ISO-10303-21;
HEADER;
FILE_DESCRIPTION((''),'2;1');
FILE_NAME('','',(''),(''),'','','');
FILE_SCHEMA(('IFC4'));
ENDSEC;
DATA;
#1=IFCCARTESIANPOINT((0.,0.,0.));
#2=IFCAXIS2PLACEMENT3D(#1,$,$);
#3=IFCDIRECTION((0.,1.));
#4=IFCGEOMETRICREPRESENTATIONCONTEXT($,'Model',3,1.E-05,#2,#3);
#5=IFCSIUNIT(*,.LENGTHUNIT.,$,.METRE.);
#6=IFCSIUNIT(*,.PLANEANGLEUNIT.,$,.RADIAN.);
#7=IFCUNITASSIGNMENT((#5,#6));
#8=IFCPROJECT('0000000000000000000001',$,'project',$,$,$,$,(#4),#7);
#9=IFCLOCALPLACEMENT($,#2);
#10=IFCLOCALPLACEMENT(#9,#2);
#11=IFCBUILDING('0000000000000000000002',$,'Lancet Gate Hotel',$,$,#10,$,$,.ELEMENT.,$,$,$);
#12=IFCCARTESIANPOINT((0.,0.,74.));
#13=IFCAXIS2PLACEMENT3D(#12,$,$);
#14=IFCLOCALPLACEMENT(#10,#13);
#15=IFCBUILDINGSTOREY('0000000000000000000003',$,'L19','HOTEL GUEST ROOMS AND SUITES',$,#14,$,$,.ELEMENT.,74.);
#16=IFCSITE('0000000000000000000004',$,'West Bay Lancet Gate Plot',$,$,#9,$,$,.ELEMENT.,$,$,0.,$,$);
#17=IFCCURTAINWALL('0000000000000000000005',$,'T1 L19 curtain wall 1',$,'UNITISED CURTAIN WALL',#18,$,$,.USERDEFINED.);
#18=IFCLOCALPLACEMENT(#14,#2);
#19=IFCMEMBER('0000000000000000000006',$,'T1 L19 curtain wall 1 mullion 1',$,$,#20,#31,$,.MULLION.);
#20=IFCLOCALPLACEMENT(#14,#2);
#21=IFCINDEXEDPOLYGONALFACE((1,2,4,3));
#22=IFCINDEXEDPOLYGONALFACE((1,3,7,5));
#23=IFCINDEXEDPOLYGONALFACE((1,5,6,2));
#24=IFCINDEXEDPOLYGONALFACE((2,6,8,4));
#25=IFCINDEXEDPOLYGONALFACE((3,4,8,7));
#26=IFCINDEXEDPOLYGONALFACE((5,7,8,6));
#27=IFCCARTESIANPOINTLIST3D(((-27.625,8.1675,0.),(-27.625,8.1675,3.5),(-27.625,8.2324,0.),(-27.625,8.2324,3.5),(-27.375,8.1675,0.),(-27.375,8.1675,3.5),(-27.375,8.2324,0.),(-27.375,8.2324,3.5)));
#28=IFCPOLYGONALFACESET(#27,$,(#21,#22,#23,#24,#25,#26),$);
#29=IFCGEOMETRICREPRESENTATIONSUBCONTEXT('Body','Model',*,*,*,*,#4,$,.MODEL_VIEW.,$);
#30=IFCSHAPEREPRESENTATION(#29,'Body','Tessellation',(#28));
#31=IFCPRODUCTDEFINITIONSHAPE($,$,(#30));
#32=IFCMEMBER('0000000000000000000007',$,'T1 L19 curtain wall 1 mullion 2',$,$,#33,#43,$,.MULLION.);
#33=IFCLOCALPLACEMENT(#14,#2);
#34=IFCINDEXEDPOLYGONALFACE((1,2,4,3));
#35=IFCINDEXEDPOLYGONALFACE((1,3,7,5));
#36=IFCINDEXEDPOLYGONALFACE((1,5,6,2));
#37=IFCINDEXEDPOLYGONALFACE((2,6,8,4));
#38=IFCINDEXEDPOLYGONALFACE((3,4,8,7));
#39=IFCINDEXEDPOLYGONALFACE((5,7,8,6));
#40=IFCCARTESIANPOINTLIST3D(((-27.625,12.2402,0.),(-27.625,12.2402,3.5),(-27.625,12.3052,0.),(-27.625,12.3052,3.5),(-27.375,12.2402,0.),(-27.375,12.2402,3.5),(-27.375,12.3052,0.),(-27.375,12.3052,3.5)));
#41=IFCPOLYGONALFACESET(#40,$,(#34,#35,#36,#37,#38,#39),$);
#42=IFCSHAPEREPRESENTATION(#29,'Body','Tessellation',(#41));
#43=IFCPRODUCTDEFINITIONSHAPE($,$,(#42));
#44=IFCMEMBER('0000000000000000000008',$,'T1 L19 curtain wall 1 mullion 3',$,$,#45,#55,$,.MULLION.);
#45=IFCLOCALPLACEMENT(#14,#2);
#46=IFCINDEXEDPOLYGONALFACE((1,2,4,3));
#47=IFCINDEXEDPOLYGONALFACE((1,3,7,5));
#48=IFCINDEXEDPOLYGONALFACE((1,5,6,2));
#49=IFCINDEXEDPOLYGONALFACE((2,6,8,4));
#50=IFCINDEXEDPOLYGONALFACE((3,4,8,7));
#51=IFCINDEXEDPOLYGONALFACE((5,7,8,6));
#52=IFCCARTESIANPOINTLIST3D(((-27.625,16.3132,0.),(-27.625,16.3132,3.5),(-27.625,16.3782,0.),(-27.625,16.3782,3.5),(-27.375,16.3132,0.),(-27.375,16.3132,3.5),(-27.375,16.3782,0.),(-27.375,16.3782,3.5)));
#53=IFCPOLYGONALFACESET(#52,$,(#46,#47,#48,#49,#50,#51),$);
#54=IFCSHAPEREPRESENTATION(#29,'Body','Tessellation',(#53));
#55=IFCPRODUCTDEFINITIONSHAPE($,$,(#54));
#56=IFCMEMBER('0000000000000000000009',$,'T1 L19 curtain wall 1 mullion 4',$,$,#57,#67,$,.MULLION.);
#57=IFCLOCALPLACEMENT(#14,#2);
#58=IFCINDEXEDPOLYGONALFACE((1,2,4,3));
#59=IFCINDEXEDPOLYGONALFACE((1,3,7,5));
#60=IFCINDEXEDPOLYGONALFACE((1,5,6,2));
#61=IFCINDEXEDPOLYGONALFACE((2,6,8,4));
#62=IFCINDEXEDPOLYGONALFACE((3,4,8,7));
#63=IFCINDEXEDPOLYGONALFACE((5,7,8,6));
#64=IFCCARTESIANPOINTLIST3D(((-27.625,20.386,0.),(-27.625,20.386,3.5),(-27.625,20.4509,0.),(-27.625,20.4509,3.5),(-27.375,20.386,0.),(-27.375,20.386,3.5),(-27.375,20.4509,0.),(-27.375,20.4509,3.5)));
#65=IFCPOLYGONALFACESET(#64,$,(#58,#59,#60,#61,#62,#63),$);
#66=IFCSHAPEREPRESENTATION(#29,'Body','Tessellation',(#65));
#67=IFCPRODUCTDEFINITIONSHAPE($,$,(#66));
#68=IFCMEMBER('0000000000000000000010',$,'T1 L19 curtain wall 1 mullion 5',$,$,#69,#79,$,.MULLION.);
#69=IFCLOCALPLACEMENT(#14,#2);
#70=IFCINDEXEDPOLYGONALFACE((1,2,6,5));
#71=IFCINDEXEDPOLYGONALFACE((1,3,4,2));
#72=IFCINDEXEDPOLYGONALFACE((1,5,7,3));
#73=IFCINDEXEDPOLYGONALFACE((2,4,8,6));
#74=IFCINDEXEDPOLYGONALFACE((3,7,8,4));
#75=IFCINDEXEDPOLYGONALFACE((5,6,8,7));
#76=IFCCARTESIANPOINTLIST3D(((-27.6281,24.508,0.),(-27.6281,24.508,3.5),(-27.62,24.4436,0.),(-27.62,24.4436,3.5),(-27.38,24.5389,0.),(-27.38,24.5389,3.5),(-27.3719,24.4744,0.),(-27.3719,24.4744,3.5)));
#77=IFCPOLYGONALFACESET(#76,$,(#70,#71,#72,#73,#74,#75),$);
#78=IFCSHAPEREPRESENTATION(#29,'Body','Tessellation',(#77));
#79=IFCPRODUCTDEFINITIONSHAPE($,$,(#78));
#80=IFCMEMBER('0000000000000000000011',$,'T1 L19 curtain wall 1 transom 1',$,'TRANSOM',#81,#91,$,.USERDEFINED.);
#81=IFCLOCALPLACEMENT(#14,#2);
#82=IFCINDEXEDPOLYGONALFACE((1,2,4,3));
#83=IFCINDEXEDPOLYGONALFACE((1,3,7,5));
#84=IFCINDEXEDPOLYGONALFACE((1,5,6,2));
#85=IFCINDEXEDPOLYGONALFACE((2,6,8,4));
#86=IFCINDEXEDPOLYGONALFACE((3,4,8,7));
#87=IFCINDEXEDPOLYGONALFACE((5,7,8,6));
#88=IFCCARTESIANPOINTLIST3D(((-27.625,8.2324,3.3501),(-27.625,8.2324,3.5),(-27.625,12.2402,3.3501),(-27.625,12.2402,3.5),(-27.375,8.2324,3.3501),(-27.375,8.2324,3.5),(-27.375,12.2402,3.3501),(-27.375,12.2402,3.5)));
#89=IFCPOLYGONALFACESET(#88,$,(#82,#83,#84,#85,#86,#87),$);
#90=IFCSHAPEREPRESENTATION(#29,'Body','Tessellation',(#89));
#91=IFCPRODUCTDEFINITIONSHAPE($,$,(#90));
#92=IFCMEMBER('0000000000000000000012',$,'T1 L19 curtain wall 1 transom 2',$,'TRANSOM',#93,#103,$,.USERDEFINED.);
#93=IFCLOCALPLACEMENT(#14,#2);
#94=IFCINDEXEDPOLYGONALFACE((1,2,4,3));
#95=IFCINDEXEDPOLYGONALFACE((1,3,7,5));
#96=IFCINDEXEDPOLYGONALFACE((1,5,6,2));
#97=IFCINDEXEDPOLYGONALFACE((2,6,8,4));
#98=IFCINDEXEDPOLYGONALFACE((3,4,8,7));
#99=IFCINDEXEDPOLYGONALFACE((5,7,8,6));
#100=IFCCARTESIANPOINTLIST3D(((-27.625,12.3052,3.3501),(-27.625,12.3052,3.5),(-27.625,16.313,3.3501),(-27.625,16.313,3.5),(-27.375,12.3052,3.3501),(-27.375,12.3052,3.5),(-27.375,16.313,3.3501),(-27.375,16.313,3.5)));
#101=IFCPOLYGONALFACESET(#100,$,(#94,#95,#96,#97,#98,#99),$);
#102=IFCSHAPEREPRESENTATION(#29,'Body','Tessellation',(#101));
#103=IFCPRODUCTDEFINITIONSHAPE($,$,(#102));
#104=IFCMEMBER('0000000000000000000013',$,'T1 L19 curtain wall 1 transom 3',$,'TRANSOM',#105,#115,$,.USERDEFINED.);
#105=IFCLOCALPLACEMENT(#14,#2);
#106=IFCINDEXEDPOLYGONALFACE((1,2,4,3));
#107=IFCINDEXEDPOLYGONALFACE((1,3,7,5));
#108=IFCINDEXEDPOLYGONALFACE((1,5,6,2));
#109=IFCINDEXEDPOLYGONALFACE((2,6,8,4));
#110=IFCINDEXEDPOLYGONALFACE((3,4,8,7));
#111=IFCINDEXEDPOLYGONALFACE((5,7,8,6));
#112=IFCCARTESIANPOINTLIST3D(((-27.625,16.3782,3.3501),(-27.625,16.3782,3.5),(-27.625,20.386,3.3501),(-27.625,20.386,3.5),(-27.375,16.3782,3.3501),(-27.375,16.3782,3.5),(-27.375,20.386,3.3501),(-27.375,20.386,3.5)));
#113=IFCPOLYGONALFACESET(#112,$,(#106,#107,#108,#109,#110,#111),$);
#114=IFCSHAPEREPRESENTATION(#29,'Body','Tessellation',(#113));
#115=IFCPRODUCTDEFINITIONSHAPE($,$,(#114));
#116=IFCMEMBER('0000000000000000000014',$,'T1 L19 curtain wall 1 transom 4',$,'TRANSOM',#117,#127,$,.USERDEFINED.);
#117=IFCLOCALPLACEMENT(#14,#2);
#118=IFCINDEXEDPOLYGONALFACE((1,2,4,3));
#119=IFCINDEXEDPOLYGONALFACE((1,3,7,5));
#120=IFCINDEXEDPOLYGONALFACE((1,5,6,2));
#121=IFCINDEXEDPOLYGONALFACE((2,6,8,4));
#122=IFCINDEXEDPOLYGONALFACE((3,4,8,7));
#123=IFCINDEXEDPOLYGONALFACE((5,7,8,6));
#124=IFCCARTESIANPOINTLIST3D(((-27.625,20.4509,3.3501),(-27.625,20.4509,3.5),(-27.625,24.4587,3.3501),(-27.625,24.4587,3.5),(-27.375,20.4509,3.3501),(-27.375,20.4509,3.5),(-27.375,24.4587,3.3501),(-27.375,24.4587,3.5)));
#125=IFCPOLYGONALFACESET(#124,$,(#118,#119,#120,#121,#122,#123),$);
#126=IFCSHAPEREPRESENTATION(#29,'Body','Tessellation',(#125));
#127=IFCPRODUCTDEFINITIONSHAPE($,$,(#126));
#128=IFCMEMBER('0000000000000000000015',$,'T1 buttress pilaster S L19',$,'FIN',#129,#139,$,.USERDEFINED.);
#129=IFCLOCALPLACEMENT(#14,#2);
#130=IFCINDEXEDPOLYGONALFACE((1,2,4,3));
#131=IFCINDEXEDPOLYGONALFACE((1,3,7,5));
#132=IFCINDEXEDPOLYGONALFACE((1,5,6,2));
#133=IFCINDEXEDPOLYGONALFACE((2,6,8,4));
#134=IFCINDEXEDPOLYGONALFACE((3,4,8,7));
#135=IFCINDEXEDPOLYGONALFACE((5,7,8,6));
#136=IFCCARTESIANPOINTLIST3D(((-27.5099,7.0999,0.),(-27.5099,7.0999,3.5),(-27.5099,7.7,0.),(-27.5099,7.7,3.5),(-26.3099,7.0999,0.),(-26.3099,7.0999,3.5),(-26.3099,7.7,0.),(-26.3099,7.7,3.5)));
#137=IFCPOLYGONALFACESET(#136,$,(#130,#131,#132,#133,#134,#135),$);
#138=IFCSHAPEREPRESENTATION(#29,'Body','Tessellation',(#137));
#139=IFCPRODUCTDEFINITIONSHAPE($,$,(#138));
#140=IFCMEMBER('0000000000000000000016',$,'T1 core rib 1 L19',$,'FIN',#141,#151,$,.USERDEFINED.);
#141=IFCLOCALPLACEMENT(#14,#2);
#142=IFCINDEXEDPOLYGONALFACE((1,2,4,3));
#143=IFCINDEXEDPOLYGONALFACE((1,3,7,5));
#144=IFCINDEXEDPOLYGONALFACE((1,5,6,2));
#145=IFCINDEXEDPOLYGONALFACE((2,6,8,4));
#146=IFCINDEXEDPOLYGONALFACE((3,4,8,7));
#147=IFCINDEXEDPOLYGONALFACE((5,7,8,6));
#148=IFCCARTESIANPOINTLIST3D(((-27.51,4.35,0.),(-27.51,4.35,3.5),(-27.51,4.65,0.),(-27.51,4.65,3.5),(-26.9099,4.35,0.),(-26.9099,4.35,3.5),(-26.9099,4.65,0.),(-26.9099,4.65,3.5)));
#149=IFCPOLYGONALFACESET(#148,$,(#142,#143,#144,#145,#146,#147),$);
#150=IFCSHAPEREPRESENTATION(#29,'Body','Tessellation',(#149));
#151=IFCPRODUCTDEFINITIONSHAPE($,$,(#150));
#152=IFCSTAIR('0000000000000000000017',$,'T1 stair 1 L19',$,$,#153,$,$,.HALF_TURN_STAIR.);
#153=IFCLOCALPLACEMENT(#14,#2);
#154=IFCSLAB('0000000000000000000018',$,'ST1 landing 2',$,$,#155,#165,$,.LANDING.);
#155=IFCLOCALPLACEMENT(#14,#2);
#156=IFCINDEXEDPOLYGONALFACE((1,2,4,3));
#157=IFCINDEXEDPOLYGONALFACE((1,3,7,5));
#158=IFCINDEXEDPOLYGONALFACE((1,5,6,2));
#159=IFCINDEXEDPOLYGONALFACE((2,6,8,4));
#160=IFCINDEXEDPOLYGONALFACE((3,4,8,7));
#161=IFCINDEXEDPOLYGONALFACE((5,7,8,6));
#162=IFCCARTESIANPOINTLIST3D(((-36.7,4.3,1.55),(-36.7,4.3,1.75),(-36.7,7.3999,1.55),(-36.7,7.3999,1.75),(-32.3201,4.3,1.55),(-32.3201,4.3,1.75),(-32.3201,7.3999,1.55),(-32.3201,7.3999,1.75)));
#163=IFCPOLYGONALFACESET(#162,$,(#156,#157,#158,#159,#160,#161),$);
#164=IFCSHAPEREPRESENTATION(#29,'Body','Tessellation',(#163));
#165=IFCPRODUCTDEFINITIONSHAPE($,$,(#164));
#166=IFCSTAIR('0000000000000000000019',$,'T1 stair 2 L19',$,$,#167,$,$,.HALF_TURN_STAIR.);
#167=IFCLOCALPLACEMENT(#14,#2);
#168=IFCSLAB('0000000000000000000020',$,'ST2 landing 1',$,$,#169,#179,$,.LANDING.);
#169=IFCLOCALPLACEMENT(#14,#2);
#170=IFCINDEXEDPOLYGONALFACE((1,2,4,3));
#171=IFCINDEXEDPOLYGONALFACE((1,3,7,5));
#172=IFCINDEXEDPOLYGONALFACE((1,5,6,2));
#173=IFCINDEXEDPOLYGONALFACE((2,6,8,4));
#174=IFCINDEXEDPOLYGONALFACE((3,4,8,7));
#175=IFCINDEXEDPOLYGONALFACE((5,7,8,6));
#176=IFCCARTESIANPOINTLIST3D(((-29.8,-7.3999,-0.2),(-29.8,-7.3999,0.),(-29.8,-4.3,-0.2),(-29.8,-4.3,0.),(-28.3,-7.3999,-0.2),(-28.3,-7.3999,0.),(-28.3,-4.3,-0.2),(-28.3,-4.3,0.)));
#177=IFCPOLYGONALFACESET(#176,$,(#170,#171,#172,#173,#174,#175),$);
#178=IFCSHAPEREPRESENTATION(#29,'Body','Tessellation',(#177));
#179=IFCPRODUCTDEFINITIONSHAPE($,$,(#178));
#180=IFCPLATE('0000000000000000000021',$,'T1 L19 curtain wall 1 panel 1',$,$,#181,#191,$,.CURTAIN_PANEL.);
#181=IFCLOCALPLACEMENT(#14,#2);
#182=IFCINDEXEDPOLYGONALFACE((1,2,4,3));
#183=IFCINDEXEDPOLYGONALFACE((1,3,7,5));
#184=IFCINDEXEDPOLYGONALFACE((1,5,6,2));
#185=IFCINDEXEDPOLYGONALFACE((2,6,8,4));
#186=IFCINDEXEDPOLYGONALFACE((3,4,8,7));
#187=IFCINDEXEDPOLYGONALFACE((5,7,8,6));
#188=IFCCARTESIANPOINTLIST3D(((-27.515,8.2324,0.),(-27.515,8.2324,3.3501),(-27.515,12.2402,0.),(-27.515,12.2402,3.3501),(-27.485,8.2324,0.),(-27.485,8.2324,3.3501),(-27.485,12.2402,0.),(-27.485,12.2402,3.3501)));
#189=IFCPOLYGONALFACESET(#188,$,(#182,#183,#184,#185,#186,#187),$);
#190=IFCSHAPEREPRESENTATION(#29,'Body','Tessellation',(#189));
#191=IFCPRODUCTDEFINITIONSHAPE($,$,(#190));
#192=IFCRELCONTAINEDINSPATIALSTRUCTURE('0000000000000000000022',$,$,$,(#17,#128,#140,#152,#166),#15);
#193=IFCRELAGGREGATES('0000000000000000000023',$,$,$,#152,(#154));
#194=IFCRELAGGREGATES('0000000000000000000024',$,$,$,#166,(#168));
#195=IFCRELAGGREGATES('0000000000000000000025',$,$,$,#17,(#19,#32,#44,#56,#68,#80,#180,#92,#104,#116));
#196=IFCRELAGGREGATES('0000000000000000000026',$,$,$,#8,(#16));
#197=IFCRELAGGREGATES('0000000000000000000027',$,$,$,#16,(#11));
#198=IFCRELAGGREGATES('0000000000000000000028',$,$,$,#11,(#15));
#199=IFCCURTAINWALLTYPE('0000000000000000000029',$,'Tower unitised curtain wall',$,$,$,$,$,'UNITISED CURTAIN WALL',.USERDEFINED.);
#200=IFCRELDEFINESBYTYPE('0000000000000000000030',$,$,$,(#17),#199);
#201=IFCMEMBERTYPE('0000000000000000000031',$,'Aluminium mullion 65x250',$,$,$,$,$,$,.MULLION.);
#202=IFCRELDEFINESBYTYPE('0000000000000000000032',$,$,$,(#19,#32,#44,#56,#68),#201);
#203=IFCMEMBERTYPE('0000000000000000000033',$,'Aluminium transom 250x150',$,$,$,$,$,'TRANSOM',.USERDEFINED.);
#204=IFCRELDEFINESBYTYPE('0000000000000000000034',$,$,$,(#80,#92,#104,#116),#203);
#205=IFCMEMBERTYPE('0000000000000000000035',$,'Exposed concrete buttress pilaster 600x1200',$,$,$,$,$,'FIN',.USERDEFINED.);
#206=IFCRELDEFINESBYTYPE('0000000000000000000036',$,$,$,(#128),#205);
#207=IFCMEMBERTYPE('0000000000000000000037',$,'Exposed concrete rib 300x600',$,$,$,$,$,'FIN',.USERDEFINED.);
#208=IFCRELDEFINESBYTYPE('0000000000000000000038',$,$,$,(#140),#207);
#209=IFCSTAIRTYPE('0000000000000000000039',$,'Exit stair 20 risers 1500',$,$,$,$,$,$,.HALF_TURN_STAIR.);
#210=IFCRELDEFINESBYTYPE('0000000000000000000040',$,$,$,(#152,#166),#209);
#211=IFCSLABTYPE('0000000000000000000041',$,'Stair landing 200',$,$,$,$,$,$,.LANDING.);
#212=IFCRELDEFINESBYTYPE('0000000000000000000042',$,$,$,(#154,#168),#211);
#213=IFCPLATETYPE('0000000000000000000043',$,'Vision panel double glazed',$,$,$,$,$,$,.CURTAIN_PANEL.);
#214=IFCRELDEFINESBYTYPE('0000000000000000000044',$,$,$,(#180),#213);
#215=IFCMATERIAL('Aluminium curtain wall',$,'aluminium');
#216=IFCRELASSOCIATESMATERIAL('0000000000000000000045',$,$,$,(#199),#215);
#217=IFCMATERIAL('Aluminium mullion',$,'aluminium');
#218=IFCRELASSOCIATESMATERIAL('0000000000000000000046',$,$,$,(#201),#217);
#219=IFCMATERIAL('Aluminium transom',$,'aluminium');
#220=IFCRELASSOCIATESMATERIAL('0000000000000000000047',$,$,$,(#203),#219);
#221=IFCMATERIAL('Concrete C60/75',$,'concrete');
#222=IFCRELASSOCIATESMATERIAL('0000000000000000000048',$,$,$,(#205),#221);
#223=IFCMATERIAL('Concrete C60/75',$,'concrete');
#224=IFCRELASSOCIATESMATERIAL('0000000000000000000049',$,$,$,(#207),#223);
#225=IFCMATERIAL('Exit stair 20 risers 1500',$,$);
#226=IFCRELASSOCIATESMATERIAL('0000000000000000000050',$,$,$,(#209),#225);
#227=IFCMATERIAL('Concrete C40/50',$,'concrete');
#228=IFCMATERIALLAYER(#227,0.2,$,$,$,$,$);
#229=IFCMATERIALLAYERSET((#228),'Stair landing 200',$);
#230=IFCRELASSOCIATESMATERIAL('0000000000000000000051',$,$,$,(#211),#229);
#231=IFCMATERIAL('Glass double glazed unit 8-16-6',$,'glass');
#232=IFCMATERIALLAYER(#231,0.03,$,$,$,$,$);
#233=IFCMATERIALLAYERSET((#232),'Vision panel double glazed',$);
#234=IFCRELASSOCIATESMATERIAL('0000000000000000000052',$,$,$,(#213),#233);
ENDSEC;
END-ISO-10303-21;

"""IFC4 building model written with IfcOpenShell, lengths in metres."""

from ifc_helpers import new_model, si_unit, direction, frame, origin, origin_2d, place, context, subcontext, project, spatial, polyline, rectangle, outline, extrude, material, layer, layer_set, material_profile, profile_set, type_object, element, aggregate, save


model = new_model("IFC4")

# Units and contexts
model_context = context("Model", 3, precision=1e-05, world=origin(), true_north=direction((0.0, 1.0)))
body_context = subcontext(model_context, "Body", "Model", "MODEL_VIEW")
ifc_project = project(units=[si_unit("LENGTHUNIT", "METRE"), si_unit("PLANEANGLEUNIT", "RADIAN")], contexts=[model_context])

# Site, building, storey
site_placement = place(None, origin())
site = spatial("IfcSite", under=ifc_project, at=site_placement, Name="West Bay Lancet Gate Plot", CompositionType="ELEMENT", RefElevation=0.0)
building_placement = place(site_placement, origin())
building = spatial("IfcBuilding", under=site, at=building_placement, Name="Lancet Gate Hotel", CompositionType="ELEMENT")
storey_placement = place(building_placement, frame((0.0, 0.0, 74.0)))
storey = spatial("IfcBuildingStorey", under=building, at=storey_placement, Name="L19", Description="HOTEL GUEST ROOMS AND SUITES", CompositionType="ELEMENT", Elevation=74.0)

# Curtain wall, members
ifc_material_1 = material(Name="Aluminium curtain wall", Category="aluminium")
curtain_wall_type = type_object("IfcCurtainWallType", Name="Tower unitised curtain wall", ElementType="UNITISED CURTAIN WALL", PredefinedType="USERDEFINED", material=ifc_material_1)
curtain_wall_placement = place(storey_placement, origin())
curtain_wall = element("IfcCurtainWall", 1, at=curtain_wall_placement, inside=storey, type_object=curtain_wall_type, Name="T1 L19 curtain wall 1", ObjectType="UNITISED CURTAIN WALL", PredefinedType="USERDEFINED")
ifc_material_2 = material(Name="Aluminium mullion", Category="aluminium")
ifc_material_profile_1 = material_profile(ifc_material_2, rectangle(XDim=0.0649, YDim=0.25, at=origin_2d()), Name="MULLION 65x250")
ifc_profile_set_1 = profile_set([ifc_material_profile_1], Name="Aluminium mullion")
member_type_1 = type_object("IfcMemberType", Name="Aluminium mullion 65x250", PredefinedType="MULLION", material=ifc_profile_set_1)
member_1_placement = place(storey_placement, frame((-27.5, 8.2, 0.0), z_axis=(0.0, 0.0, 1.0), x_axis=(0.0, 1.0, 0.0)))
member_1 = element("IfcMember", 2, at=member_1_placement, type_object=member_type_1, Name="T1 L19 curtain wall 1 mullion 1", PredefinedType="MULLION", context=body_context, shape_type="SweptSolid", body=[
    extrude(rectangle(XDim=0.0649, YDim=0.25, at=origin_2d()), origin(), (0.0, 0.0, 1.0), 3.5),
])
member_2_placement = place(storey_placement, frame((-27.5, 12.2727, 0.0), z_axis=(0.0, 0.0, 1.0), x_axis=(0.0, 1.0, 0.0)))
member_2 = element("IfcMember", 3, at=member_2_placement, type_object=member_type_1, Name="T1 L19 curtain wall 1 mullion 2", PredefinedType="MULLION", context=body_context, shape_type="SweptSolid", body=[
    extrude(rectangle(XDim=0.0649, YDim=0.25, at=origin_2d()), origin(), (0.0, 0.0, 1.0), 3.5),
])
member_3_placement = place(storey_placement, frame((-27.5, 16.3457, 0.0), z_axis=(0.0, 0.0, 1.0), x_axis=(0.0, 1.0, 0.0)))
member_3 = element("IfcMember", 4, at=member_3_placement, type_object=member_type_1, Name="T1 L19 curtain wall 1 mullion 3", PredefinedType="MULLION", context=body_context, shape_type="SweptSolid", body=[
    extrude(rectangle(XDim=0.0649, YDim=0.25, at=origin_2d()), origin(), (0.0, 0.0, 1.0), 3.5),
])
member_4_placement = place(storey_placement, frame((-27.5, 20.4185, 0.0), z_axis=(0.0, 0.0, 1.0), x_axis=(0.0, 1.0, 0.0)))
member_4 = element("IfcMember", 5, at=member_4_placement, type_object=member_type_1, Name="T1 L19 curtain wall 1 mullion 4", PredefinedType="MULLION", context=body_context, shape_type="SweptSolid", body=[
    extrude(rectangle(XDim=0.0649, YDim=0.25, at=origin_2d()), origin(), (0.0, 0.0, 1.0), 3.5),
])
member_5_placement = place(storey_placement, frame((-27.5, 24.4912, 0.0), z_axis=(0.0, 0.0, 1.0), x_axis=(-0.123483, 0.992347, 0.0)))
member_5 = element("IfcMember", 6, at=member_5_placement, type_object=member_type_1, Name="T1 L19 curtain wall 1 mullion 5", PredefinedType="MULLION", context=body_context, shape_type="SweptSolid", body=[
    extrude(rectangle(XDim=0.0649, YDim=0.25, at=origin_2d()), origin(), (0.0, 0.0, 1.0), 3.5),
])
ifc_material_3 = material(Name="Aluminium transom", Category="aluminium")
ifc_material_profile_2 = material_profile(ifc_material_3, rectangle(XDim=0.25, YDim=0.1499, at=origin_2d()), Name="TRANSOM 250x150")
ifc_profile_set_2 = profile_set([ifc_material_profile_2], Name="Aluminium transom")
member_type_2 = type_object("IfcMemberType", Name="Aluminium transom 250x150", ElementType="TRANSOM", PredefinedType="USERDEFINED", material=ifc_profile_set_2)
member_6_placement = place(storey_placement, frame((-27.5, 8.2324, 3.425), z_axis=(0.0, 1.0, 0.0), x_axis=(-1.0, 0.0, 0.0)))
member_6 = element("IfcMember", 7, at=member_6_placement, type_object=member_type_2, Name="T1 L19 curtain wall 1 transom 1", ObjectType="TRANSOM", PredefinedType="USERDEFINED", context=body_context, shape_type="SweptSolid", body=[
    extrude(rectangle(XDim=0.25, YDim=0.1499, at=origin_2d()), origin(), (0.0, 0.0, 1.0), 4.0078),
])
member_7_placement = place(storey_placement, frame((-27.5, 12.3052, 3.425), z_axis=(0.0, 1.0, 0.0), x_axis=(-1.0, 0.0, 0.0)))
member_7 = element("IfcMember", 8, at=member_7_placement, type_object=member_type_2, Name="T1 L19 curtain wall 1 transom 2", ObjectType="TRANSOM", PredefinedType="USERDEFINED", context=body_context, shape_type="SweptSolid", body=[
    extrude(rectangle(XDim=0.25, YDim=0.1499, at=origin_2d()), origin(), (0.0, 0.0, 1.0), 4.0078),
])
member_8_placement = place(storey_placement, frame((-27.5, 16.3782, 3.425), z_axis=(0.0, 1.0, 0.0), x_axis=(-1.0, 0.0, 0.0)))
member_8 = element("IfcMember", 9, at=member_8_placement, type_object=member_type_2, Name="T1 L19 curtain wall 1 transom 3", ObjectType="TRANSOM", PredefinedType="USERDEFINED", context=body_context, shape_type="SweptSolid", body=[
    extrude(rectangle(XDim=0.25, YDim=0.1499, at=origin_2d()), origin(), (0.0, 0.0, 1.0), 4.0078),
])
member_9_placement = place(storey_placement, frame((-27.5, 20.4509, 3.425), z_axis=(0.0, 1.0, 0.0), x_axis=(-1.0, 0.0, 0.0)))
member_9 = element("IfcMember", 10, at=member_9_placement, type_object=member_type_2, Name="T1 L19 curtain wall 1 transom 4", ObjectType="TRANSOM", PredefinedType="USERDEFINED", context=body_context, shape_type="SweptSolid", body=[
    extrude(rectangle(XDim=0.25, YDim=0.1499, at=origin_2d()), origin(), (0.0, 0.0, 1.0), 4.0078),
])

# Members
ifc_material_4 = material(Name="Concrete C60/75", Category="concrete")
ifc_material_profile_3 = material_profile(ifc_material_4, rectangle(XDim=0.6001, YDim=1.2, at=origin_2d()), Name="FIN 600x1200")
ifc_profile_set_3 = profile_set([ifc_material_profile_3], Name="Concrete C60/75")
member_type_3 = type_object("IfcMemberType", Name="Exposed concrete buttress pilaster 600x1200", ElementType="FIN", PredefinedType="USERDEFINED", material=ifc_profile_set_3)
member_10_placement = place(storey_placement, frame((-26.9099, 7.3999, 0.0), z_axis=(0.0, 0.0, 1.0), x_axis=(0.0, 1.0, 0.0)))
element("IfcMember", 11, at=member_10_placement, inside=storey, type_object=member_type_3, Name="T1 buttress pilaster S L19", ObjectType="FIN", PredefinedType="USERDEFINED", context=body_context, shape_type="SweptSolid", body=[
    extrude(rectangle(XDim=0.6001, YDim=1.2, at=origin_2d()), origin(), (0.0, 0.0, 1.0), 3.5),
])
ifc_material_5 = material(Name="Concrete C60/75", Category="concrete")
ifc_material_profile_4 = material_profile(ifc_material_5, rectangle(XDim=0.3, YDim=0.6001, at=origin_2d()), Name="FIN 300x600")
ifc_profile_set_4 = profile_set([ifc_material_profile_4], Name="Concrete C60/75")
member_type_4 = type_object("IfcMemberType", Name="Exposed concrete rib 300x600", ElementType="FIN", PredefinedType="USERDEFINED", material=ifc_profile_set_4)
member_11_placement = place(storey_placement, frame((-27.21, 4.5, 0.0), z_axis=(0.0, 0.0, 1.0), x_axis=(0.0, 1.0, 0.0)))
element("IfcMember", 12, at=member_11_placement, inside=storey, type_object=member_type_4, Name="T1 core rib 1 L19", ObjectType="FIN", PredefinedType="USERDEFINED", context=body_context, shape_type="SweptSolid", body=[
    extrude(rectangle(XDim=0.3, YDim=0.6001, at=origin_2d()), origin(), (0.0, 0.0, 1.0), 3.5),
])

# Stairs, slabs
ifc_material_6 = material(Name="Exit stair 20 risers 1500")
stair_type = type_object("IfcStairType", Name="Exit stair 20 risers 1500", PredefinedType="HALF_TURN_STAIR", material=ifc_material_6)
stair_1_placement = place(storey_placement, origin())
stair_1 = element("IfcStair", 13, at=stair_1_placement, inside=storey, type_object=stair_type, Name="T1 stair 1 L19", PredefinedType="HALF_TURN_STAIR")
ifc_material_7 = material(Name="Concrete C40/50", Category="concrete")
ifc_layer_1 = layer(ifc_material_7, 0.2)
ifc_layer_set_1 = layer_set([ifc_layer_1], Name="Stair landing 200")
slab_type = type_object("IfcSlabType", Name="Stair landing 200", PredefinedType="LANDING", material=ifc_layer_set_1)
slab_1_placement = place(storey_placement, frame((0.0, 0.0, 1.55)))
slab_1 = element("IfcSlab", 14, at=slab_1_placement, type_object=slab_type, Name="ST1 landing 2", PredefinedType="LANDING", context=body_context, shape_type="SweptSolid", body=[
    extrude(outline(polyline([(-32.3201, 7.3999), (-36.7, 7.3999), (-36.7, 4.3), (-32.3201, 4.3), (-32.3201, 7.3999)])), origin(), (0.0, 0.0, 1.0), 0.2),
])
aggregate(stair_1, [slab_1])
stair_2_placement = place(storey_placement, origin())
stair_2 = element("IfcStair", 15, at=stair_2_placement, inside=storey, type_object=stair_type, Name="T1 stair 2 L19", PredefinedType="HALF_TURN_STAIR")
slab_2_placement = place(storey_placement, frame((0.0, 0.0, -0.2)))
slab_2 = element("IfcSlab", 16, at=slab_2_placement, type_object=slab_type, Name="ST2 landing 1", PredefinedType="LANDING", context=body_context, shape_type="SweptSolid", body=[
    extrude(outline(polyline([(-28.3, -4.3), (-29.8, -4.3), (-29.8, -7.3999), (-28.3, -7.3999), (-28.3, -4.3)])), origin(), (0.0, 0.0, 1.0), 0.2),
])
aggregate(stair_2, [slab_2])

# Plate
ifc_material_8 = material(Name="Glass double glazed unit 8-16-6", Category="glass")
ifc_layer_2 = layer(ifc_material_8, 0.03)
ifc_layer_set_2 = layer_set([ifc_layer_2], Name="Vision panel double glazed")
plate_type = type_object("IfcPlateType", Name="Vision panel double glazed", PredefinedType="CURTAIN_PANEL", material=ifc_layer_set_2)
plate_1_placement = place(storey_placement, frame((-27.5, 10.2363, 0.0), z_axis=(0.0, 0.0, 1.0), x_axis=(0.0, 1.0, 0.0)))
plate_1 = element("IfcPlate", 17, at=plate_1_placement, type_object=plate_type, Name="T1 L19 curtain wall 1 panel 1", PredefinedType="CURTAIN_PANEL", context=body_context, shape_type="SweptSolid", body=[
    extrude(rectangle(XDim=4.0078, YDim=0.03, at=origin_2d()), origin(), (0.0, 0.0, 1.0), 3.3501),
])
aggregate(curtain_wall, [member_1, member_2, member_3, member_4, member_5, member_6, plate_1, member_7, member_8, member_9])

save(model, "model.ifc")
